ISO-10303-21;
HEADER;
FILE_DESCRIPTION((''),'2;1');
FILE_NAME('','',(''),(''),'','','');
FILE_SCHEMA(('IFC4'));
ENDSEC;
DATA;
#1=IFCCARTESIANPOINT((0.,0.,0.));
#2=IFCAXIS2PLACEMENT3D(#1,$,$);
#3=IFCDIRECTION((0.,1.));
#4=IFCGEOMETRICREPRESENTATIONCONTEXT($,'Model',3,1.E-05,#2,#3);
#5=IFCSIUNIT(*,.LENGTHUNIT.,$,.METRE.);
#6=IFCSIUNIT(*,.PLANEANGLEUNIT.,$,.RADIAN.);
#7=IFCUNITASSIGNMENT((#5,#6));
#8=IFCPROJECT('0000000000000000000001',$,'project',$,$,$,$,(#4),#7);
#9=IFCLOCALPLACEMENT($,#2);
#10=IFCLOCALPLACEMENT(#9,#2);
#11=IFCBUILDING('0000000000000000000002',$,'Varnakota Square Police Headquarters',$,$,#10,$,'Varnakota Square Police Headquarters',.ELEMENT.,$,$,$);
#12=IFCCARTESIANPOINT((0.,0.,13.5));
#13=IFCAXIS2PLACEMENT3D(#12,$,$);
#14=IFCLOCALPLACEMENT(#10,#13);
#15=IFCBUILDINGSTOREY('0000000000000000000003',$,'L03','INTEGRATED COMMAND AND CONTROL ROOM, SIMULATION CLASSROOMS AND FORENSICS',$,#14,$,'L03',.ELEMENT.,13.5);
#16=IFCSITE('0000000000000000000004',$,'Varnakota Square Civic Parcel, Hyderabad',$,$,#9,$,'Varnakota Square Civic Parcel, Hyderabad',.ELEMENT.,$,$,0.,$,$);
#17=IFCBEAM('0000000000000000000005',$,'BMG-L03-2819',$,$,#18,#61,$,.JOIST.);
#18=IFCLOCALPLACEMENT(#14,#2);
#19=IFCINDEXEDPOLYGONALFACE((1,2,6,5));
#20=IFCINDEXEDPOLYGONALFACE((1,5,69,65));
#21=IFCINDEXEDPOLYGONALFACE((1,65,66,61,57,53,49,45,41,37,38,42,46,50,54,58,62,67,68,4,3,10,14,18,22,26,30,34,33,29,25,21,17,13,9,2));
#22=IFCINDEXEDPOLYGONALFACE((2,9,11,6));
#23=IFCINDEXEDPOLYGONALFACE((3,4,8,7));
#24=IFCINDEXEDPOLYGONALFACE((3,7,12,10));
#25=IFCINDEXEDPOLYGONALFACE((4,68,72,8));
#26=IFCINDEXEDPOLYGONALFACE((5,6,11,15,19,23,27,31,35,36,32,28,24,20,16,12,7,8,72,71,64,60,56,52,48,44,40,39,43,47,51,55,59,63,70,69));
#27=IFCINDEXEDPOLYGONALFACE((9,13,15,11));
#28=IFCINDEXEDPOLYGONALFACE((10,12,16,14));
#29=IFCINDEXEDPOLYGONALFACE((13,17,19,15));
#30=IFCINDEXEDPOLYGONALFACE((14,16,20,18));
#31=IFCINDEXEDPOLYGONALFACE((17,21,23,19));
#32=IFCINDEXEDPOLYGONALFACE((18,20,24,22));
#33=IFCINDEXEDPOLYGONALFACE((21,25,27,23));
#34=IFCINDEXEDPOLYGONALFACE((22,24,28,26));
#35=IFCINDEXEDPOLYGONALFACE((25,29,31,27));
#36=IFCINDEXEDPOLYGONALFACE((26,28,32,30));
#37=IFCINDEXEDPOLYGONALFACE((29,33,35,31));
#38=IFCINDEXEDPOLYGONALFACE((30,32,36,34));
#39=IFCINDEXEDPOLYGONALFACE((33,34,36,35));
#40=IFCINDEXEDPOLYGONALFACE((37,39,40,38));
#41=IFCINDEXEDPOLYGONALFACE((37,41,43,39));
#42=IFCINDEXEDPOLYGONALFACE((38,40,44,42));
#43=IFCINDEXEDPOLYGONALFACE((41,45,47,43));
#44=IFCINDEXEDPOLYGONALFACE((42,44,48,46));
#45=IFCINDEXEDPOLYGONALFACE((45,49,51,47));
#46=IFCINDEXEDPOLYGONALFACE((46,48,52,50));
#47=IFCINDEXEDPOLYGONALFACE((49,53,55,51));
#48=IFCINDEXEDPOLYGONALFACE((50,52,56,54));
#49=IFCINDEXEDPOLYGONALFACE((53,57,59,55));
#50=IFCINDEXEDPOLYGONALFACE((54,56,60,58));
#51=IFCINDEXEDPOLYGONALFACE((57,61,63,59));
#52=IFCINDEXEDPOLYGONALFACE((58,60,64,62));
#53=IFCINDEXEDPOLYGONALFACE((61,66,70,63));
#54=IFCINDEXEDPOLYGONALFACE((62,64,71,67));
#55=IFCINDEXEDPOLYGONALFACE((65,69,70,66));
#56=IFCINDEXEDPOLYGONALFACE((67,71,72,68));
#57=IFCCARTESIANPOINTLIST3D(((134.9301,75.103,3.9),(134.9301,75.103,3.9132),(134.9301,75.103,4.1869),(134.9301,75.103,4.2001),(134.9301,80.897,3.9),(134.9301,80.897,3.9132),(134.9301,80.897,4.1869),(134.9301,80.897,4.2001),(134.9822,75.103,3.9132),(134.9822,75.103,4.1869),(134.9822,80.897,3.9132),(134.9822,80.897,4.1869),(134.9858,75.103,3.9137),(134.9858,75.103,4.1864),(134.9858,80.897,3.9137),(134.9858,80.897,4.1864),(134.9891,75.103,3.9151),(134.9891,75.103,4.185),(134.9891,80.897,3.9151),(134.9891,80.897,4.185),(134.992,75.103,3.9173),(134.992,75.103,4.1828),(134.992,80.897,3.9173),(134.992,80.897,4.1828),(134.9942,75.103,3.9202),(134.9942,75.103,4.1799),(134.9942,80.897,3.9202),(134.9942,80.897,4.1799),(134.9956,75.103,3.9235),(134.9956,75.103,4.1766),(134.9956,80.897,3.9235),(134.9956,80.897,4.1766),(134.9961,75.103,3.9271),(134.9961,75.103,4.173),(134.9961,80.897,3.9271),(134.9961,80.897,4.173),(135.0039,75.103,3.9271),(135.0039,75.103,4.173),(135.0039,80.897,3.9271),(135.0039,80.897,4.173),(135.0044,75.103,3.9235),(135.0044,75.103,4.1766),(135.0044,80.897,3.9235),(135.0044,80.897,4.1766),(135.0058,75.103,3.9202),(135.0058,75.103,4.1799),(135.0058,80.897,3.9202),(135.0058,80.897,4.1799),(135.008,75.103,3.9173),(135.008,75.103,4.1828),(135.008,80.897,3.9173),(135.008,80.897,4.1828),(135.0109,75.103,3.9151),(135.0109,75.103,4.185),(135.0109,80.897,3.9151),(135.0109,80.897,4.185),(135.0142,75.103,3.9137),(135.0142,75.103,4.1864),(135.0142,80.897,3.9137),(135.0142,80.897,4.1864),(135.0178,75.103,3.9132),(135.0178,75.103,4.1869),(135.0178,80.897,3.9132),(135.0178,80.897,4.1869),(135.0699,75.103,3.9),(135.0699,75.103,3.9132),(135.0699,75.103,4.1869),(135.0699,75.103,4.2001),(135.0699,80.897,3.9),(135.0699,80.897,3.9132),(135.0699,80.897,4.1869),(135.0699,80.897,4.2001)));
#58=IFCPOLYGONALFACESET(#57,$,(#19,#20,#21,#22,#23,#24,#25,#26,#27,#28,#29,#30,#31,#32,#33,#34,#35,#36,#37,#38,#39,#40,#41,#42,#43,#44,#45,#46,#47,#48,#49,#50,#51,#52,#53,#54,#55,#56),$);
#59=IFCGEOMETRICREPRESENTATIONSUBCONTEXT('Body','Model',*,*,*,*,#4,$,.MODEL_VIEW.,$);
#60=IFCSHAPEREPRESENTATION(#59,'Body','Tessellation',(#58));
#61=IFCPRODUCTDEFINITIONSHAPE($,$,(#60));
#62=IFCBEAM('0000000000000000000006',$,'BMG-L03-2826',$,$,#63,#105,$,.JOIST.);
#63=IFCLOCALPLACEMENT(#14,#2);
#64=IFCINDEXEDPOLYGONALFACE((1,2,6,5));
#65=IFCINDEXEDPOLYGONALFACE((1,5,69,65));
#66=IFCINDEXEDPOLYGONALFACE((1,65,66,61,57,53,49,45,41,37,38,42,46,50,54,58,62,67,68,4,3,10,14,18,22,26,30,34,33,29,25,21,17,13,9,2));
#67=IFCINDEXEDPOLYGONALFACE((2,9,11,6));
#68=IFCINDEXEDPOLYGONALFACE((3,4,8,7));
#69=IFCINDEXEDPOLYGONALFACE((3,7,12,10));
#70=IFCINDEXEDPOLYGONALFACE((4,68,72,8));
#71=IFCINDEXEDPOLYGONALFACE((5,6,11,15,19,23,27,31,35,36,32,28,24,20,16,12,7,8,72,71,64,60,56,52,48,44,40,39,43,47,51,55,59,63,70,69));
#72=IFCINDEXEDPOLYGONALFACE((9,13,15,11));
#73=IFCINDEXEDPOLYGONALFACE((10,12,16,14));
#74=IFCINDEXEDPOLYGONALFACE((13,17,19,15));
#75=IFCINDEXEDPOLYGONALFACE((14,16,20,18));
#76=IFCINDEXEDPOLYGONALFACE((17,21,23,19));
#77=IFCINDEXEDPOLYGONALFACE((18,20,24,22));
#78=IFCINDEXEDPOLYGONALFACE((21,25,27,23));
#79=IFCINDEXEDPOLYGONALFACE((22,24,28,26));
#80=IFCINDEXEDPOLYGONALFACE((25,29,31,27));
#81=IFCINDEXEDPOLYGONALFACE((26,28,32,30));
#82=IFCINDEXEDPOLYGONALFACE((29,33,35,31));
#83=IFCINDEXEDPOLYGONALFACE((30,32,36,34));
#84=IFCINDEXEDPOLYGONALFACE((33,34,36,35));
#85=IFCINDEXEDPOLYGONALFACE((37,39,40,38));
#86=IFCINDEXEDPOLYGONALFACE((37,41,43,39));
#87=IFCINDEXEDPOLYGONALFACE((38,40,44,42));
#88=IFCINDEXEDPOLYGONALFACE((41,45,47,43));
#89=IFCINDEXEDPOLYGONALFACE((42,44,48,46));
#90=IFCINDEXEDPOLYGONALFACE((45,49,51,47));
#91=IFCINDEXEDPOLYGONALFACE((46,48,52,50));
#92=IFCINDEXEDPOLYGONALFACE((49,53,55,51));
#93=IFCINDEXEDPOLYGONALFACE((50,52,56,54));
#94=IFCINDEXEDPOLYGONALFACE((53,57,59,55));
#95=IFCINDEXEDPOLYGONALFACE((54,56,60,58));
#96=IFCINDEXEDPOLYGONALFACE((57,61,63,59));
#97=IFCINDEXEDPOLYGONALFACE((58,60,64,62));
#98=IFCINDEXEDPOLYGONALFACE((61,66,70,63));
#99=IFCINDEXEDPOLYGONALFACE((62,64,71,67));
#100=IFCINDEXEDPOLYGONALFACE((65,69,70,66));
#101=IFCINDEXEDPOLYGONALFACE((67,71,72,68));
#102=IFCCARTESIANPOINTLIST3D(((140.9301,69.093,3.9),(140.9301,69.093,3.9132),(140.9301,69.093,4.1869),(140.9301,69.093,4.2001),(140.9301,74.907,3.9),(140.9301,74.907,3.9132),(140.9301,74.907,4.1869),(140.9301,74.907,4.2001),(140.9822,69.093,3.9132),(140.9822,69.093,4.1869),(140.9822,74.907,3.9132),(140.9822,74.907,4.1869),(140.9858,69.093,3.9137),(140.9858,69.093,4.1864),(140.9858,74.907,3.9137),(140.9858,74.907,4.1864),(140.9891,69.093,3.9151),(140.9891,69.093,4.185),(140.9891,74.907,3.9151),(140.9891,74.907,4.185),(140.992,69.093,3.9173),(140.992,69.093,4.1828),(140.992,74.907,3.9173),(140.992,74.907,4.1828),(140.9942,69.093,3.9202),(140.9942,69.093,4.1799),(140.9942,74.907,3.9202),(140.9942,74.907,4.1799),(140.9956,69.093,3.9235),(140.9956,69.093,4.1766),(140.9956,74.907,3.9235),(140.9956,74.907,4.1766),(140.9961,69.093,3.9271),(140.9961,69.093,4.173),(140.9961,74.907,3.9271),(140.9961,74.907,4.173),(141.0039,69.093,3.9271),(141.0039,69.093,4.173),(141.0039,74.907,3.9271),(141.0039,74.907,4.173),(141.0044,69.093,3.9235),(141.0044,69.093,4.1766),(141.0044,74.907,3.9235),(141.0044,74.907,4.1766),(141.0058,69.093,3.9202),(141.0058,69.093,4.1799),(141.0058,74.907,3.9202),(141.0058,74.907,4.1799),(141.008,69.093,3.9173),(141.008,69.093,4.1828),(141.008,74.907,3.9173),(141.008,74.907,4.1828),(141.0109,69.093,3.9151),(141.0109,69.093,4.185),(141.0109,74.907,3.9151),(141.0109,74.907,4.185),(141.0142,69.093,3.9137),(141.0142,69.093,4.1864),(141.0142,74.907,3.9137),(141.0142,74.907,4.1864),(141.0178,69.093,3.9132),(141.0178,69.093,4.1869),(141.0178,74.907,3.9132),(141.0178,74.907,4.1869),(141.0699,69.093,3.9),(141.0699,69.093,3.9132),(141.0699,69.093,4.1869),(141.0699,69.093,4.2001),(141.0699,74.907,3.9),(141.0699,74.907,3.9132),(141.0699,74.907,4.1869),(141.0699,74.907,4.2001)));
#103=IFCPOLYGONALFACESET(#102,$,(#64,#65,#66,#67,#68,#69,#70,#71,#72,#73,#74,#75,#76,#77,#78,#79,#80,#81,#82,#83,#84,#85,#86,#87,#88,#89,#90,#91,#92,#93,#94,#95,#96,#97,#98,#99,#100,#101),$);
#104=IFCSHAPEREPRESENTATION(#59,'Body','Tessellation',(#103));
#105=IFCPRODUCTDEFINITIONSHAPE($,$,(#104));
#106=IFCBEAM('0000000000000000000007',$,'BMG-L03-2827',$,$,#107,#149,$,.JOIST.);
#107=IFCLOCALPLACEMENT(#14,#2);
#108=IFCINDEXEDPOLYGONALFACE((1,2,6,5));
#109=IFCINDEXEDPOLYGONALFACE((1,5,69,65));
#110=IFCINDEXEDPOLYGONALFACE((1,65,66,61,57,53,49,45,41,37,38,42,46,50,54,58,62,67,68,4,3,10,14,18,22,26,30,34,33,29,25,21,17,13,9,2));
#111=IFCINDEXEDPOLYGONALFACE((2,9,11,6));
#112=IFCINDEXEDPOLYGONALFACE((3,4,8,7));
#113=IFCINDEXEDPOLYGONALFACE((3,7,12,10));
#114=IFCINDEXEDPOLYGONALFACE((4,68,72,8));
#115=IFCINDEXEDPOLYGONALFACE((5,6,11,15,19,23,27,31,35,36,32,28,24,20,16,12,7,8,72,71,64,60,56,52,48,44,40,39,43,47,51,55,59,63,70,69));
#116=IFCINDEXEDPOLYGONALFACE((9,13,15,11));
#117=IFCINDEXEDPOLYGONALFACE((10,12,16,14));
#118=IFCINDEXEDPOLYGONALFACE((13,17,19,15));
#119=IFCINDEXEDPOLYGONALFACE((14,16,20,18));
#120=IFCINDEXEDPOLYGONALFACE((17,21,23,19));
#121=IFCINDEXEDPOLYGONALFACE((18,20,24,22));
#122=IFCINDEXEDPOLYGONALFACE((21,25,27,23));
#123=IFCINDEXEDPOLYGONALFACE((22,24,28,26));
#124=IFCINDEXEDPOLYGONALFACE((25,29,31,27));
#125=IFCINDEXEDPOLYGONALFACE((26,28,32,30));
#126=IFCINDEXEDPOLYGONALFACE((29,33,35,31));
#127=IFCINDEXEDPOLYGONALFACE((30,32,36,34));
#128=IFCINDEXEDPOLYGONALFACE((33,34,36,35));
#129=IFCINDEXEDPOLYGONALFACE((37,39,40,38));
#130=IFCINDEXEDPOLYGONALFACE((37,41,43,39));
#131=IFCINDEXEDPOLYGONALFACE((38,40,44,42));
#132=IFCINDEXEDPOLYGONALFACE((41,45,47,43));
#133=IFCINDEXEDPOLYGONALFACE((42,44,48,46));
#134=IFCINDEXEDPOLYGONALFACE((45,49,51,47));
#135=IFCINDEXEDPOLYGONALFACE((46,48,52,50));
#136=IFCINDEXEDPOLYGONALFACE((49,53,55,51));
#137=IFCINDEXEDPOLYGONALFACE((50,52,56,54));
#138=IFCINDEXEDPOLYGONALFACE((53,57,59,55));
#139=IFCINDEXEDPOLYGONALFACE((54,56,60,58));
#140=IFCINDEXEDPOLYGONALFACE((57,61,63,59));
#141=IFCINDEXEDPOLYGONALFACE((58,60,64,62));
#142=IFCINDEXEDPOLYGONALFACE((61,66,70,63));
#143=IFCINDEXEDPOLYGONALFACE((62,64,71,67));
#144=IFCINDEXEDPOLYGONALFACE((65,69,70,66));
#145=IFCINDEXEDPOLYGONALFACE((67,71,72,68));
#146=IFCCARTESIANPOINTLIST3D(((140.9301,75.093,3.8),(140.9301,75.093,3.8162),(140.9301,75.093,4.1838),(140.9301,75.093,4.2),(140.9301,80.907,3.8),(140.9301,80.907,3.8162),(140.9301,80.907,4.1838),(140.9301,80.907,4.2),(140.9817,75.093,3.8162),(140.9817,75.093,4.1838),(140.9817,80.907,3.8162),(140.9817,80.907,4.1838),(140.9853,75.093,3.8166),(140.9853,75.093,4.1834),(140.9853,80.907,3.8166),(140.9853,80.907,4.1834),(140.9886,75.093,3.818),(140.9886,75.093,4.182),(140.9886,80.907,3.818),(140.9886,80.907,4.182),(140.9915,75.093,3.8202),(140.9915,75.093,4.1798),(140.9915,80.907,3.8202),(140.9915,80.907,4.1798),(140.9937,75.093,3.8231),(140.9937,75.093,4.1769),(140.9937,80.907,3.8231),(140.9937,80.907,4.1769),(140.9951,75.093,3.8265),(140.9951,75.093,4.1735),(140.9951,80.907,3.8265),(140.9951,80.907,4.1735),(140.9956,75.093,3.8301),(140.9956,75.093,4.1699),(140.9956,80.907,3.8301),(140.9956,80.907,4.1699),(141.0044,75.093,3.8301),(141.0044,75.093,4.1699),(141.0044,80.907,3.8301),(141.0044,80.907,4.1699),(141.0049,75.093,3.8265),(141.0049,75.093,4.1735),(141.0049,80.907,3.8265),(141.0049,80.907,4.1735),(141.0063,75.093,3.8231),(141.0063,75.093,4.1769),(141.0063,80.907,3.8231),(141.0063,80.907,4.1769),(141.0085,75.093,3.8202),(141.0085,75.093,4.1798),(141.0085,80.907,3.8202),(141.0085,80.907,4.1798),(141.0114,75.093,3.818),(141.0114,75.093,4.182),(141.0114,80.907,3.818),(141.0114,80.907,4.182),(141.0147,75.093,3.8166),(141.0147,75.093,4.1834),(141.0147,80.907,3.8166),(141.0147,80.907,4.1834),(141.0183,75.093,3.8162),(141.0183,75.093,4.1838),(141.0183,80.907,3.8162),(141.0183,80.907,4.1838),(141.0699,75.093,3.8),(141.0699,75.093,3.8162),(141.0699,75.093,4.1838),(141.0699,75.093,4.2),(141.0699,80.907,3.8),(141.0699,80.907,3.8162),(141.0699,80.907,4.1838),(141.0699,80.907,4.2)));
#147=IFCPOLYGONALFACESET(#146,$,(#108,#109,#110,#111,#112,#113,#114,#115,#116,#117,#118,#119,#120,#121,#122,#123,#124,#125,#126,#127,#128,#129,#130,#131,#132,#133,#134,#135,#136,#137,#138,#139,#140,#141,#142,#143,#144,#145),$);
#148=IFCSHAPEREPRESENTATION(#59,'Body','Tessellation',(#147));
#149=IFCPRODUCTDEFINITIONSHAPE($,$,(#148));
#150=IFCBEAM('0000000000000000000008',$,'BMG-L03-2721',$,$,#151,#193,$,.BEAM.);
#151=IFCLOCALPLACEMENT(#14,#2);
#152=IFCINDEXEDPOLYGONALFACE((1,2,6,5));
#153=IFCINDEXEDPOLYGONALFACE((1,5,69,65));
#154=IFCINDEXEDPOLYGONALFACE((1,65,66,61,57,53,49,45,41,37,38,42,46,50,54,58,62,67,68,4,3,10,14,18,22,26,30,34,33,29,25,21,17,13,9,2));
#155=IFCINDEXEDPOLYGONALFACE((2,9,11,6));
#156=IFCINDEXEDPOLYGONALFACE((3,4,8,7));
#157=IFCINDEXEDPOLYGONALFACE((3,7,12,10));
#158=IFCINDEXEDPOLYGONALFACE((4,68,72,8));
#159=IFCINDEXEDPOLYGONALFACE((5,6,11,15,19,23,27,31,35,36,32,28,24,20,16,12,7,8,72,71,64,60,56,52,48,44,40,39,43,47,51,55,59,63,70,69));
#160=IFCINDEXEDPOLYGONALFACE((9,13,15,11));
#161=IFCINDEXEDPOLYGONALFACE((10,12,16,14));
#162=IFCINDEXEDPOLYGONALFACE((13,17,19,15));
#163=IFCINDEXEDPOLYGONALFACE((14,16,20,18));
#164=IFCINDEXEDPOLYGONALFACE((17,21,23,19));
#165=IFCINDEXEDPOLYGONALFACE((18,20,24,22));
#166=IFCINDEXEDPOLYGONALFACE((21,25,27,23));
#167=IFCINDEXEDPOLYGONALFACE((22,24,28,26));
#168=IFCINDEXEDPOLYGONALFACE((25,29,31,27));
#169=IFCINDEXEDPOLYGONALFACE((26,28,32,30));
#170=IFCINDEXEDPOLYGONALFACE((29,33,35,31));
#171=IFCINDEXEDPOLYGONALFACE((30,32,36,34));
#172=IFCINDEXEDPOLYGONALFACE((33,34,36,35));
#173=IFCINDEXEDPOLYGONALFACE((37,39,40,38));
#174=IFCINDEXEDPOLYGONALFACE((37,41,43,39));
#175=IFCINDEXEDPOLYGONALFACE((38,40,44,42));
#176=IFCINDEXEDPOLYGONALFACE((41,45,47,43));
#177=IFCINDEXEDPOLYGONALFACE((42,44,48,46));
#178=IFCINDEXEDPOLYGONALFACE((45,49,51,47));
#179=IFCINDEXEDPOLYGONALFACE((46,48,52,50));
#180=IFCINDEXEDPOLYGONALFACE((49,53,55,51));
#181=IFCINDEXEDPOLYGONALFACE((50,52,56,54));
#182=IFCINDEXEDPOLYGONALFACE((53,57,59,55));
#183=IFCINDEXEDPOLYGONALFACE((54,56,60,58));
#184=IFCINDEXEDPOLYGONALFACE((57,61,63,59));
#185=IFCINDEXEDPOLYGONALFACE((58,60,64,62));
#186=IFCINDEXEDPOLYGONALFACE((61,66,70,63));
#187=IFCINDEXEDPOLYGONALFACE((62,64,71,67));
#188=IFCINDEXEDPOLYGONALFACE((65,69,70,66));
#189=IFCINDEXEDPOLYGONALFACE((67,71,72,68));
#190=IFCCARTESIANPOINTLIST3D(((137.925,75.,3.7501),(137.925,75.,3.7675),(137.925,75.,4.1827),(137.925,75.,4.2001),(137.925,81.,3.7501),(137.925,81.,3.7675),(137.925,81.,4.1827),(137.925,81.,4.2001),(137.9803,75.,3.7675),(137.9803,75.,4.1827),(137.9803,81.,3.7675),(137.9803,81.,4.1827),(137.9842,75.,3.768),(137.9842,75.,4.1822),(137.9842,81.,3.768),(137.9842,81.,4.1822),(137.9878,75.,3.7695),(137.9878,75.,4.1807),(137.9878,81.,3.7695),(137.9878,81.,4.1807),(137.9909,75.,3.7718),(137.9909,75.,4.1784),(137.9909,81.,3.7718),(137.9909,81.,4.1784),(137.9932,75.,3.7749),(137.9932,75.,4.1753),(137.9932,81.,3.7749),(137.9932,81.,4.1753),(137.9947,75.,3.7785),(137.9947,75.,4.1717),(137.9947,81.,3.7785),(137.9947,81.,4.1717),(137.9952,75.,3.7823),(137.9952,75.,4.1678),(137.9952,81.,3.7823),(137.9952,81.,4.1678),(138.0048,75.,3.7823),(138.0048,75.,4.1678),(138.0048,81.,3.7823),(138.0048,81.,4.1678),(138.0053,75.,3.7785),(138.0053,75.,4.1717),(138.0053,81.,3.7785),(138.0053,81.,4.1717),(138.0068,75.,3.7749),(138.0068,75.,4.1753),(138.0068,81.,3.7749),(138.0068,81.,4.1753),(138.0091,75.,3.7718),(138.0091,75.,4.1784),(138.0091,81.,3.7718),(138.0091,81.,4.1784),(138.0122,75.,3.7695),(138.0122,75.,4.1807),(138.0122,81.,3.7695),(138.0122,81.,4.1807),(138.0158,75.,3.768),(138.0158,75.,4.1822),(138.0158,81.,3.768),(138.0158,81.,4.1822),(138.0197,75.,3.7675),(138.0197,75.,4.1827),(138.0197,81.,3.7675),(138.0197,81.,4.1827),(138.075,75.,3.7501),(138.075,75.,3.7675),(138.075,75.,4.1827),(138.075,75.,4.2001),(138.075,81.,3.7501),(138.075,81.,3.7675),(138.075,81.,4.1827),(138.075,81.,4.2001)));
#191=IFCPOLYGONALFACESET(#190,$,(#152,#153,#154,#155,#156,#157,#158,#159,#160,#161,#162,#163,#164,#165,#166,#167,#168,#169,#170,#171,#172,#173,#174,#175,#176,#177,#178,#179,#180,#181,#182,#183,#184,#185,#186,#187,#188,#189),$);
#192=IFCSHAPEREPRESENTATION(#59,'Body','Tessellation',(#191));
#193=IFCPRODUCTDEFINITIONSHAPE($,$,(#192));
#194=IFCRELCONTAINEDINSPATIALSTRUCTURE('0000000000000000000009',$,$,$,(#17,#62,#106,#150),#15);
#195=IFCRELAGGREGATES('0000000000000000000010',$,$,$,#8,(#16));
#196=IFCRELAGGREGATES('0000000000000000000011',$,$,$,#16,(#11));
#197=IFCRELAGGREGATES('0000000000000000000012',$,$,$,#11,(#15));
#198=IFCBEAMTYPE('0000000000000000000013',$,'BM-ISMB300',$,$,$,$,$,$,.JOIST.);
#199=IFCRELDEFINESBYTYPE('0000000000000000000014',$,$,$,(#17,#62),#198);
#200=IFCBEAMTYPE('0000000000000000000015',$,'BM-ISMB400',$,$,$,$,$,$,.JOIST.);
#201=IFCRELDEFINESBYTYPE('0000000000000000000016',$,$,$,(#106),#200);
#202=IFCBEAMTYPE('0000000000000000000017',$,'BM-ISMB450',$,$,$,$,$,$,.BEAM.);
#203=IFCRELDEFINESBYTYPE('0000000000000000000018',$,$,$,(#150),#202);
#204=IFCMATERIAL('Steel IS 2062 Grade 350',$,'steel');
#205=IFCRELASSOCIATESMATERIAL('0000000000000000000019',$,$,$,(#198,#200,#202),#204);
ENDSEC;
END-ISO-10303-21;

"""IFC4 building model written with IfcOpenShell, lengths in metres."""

from ifc_helpers import new_model, si_unit, direction, frame, origin, origin_2d, place, context, subcontext, project, spatial, i_section, extrude, material, material_profile, profile_set, type_object, element, save


model = new_model("IFC4")

# Units and contexts
model_context = context("Model", 3, precision=1e-05, world=origin(), true_north=direction((0.0, 1.0)))
body_context = subcontext(model_context, "Body", "Model", "MODEL_VIEW")
ifc_project = project(units=[si_unit("LENGTHUNIT", "METRE"), si_unit("PLANEANGLEUNIT", "RADIAN")], contexts=[model_context])

# Site, building, storey
site_placement = place(None, origin())
site = spatial("IfcSite", under=ifc_project, at=site_placement, Name="Varnakota Square Civic Parcel, Hyderabad", LongName="Varnakota Square Civic Parcel, Hyderabad", CompositionType="ELEMENT", RefElevation=0.0)
building_placement = place(site_placement, origin())
building = spatial("IfcBuilding", under=site, at=building_placement, Name="Varnakota Square Police Headquarters", LongName="Varnakota Square Police Headquarters", CompositionType="ELEMENT")
storey_placement = place(building_placement, frame((0.0, 0.0, 13.5)))
storey = spatial("IfcBuildingStorey", under=building, at=storey_placement, Name="L03", Description="INTEGRATED COMMAND AND CONTROL ROOM, SIMULATION CLASSROOMS AND FORENSICS", LongName="L03", CompositionType="ELEMENT", Elevation=13.5)

# Shared definitions
ifc_material_1 = material(Name="Steel IS 2062 Grade 350", Category="steel")

# Beams
ifc_material_profile_1 = material_profile(ifc_material_1, i_section(OverallWidth=0.1399, OverallDepth=0.3, WebThickness=0.0078, FlangeThickness=0.0132, FilletRadius=0.0139, at=origin_2d()), Name="ISMB 300")
ifc_profile_set_1 = profile_set([ifc_material_profile_1], Name="Steel IS 2062 Grade 350")
beam_type_1 = type_object("IfcBeamType", Name="BM-ISMB300", PredefinedType="JOIST", material=ifc_profile_set_1)
beam_1_placement = place(storey_placement, frame((135.0, 75.103, 4.05), z_axis=(0.0, 1.0, 0.0), x_axis=(-1.0, 0.0, 0.0)))
element("IfcBeam", 1, at=beam_1_placement, inside=storey, type_object=beam_type_1, Name="BMG-L03-2819", PredefinedType="JOIST", context=body_context, shape_type="SweptSolid", body=[
    extrude(i_section(OverallWidth=0.1399, OverallDepth=0.3, WebThickness=0.0078, FlangeThickness=0.0132, FilletRadius=0.0139, at=origin_2d()), origin(), (0.0, 0.0, 1.0), 5.7939),
])
beam_2_placement = place(storey_placement, frame((141.0, 69.093, 4.05), z_axis=(0.0, 1.0, 0.0), x_axis=(-1.0, 0.0, 0.0)))
element("IfcBeam", 2, at=beam_2_placement, inside=storey, type_object=beam_type_1, Name="BMG-L03-2826", PredefinedType="JOIST", context=body_context, shape_type="SweptSolid", body=[
    extrude(i_section(OverallWidth=0.1399, OverallDepth=0.3, WebThickness=0.0078, FlangeThickness=0.0132, FilletRadius=0.0139, at=origin_2d()), origin(), (0.0, 0.0, 1.0), 5.814),
])
ifc_material_profile_2 = material_profile(ifc_material_1, i_section(OverallWidth=0.1399, OverallDepth=0.3999, WebThickness=0.0088, FlangeThickness=0.0161, FilletRadius=0.0139, at=origin_2d()), Name="ISMB 400")
ifc_profile_set_2 = profile_set([ifc_material_profile_2], Name="Steel IS 2062 Grade 350")
beam_type_2 = type_object("IfcBeamType", Name="BM-ISMB400", PredefinedType="JOIST", material=ifc_profile_set_2)
beam_3_placement = place(storey_placement, frame((141.0, 75.093, 4.0), z_axis=(0.0, 1.0, 0.0), x_axis=(-1.0, 0.0, 0.0)))
element("IfcBeam", 3, at=beam_3_placement, inside=storey, type_object=beam_type_2, Name="BMG-L03-2827", PredefinedType="JOIST", context=body_context, shape_type="SweptSolid", body=[
    extrude(i_section(OverallWidth=0.1399, OverallDepth=0.3999, WebThickness=0.0088, FlangeThickness=0.0161, FilletRadius=0.0139, at=origin_2d()), origin(), (0.0, 0.0, 1.0), 5.814),
])
ifc_material_profile_3 = material_profile(ifc_material_1, i_section(OverallWidth=0.1499, OverallDepth=0.45, WebThickness=0.0095, FlangeThickness=0.0173, FilletRadius=0.0149, at=origin_2d()), Name="ISMB 450")
ifc_profile_set_3 = profile_set([ifc_material_profile_3], Name="Steel IS 2062 Grade 350")
beam_type_3 = type_object("IfcBeamType", Name="BM-ISMB450", PredefinedType="BEAM", material=ifc_profile_set_3)
for number, where, z_axis, x_axis, name in (
    (4, (138.0, 75.0, 3.9751), (0.0, 1.0, 0.0), (-1.0, 0.0, 0.0), "BMG-L03-2721"),
):
    element("IfcBeam", number, at=place(storey_placement, frame(where, z_axis=z_axis, x_axis=x_axis)), inside=storey, type_object=beam_type_3, Name=name, PredefinedType="BEAM", context=body_context, shape_type="SweptSolid", body=[
        extrude(i_section(OverallWidth=0.1499, OverallDepth=0.45, WebThickness=0.0095, FlangeThickness=0.0173, FilletRadius=0.0149, at=origin_2d()), origin(), (0.0, 0.0, 1.0), 6.0),
    ])

save(model, "model.ifc")
